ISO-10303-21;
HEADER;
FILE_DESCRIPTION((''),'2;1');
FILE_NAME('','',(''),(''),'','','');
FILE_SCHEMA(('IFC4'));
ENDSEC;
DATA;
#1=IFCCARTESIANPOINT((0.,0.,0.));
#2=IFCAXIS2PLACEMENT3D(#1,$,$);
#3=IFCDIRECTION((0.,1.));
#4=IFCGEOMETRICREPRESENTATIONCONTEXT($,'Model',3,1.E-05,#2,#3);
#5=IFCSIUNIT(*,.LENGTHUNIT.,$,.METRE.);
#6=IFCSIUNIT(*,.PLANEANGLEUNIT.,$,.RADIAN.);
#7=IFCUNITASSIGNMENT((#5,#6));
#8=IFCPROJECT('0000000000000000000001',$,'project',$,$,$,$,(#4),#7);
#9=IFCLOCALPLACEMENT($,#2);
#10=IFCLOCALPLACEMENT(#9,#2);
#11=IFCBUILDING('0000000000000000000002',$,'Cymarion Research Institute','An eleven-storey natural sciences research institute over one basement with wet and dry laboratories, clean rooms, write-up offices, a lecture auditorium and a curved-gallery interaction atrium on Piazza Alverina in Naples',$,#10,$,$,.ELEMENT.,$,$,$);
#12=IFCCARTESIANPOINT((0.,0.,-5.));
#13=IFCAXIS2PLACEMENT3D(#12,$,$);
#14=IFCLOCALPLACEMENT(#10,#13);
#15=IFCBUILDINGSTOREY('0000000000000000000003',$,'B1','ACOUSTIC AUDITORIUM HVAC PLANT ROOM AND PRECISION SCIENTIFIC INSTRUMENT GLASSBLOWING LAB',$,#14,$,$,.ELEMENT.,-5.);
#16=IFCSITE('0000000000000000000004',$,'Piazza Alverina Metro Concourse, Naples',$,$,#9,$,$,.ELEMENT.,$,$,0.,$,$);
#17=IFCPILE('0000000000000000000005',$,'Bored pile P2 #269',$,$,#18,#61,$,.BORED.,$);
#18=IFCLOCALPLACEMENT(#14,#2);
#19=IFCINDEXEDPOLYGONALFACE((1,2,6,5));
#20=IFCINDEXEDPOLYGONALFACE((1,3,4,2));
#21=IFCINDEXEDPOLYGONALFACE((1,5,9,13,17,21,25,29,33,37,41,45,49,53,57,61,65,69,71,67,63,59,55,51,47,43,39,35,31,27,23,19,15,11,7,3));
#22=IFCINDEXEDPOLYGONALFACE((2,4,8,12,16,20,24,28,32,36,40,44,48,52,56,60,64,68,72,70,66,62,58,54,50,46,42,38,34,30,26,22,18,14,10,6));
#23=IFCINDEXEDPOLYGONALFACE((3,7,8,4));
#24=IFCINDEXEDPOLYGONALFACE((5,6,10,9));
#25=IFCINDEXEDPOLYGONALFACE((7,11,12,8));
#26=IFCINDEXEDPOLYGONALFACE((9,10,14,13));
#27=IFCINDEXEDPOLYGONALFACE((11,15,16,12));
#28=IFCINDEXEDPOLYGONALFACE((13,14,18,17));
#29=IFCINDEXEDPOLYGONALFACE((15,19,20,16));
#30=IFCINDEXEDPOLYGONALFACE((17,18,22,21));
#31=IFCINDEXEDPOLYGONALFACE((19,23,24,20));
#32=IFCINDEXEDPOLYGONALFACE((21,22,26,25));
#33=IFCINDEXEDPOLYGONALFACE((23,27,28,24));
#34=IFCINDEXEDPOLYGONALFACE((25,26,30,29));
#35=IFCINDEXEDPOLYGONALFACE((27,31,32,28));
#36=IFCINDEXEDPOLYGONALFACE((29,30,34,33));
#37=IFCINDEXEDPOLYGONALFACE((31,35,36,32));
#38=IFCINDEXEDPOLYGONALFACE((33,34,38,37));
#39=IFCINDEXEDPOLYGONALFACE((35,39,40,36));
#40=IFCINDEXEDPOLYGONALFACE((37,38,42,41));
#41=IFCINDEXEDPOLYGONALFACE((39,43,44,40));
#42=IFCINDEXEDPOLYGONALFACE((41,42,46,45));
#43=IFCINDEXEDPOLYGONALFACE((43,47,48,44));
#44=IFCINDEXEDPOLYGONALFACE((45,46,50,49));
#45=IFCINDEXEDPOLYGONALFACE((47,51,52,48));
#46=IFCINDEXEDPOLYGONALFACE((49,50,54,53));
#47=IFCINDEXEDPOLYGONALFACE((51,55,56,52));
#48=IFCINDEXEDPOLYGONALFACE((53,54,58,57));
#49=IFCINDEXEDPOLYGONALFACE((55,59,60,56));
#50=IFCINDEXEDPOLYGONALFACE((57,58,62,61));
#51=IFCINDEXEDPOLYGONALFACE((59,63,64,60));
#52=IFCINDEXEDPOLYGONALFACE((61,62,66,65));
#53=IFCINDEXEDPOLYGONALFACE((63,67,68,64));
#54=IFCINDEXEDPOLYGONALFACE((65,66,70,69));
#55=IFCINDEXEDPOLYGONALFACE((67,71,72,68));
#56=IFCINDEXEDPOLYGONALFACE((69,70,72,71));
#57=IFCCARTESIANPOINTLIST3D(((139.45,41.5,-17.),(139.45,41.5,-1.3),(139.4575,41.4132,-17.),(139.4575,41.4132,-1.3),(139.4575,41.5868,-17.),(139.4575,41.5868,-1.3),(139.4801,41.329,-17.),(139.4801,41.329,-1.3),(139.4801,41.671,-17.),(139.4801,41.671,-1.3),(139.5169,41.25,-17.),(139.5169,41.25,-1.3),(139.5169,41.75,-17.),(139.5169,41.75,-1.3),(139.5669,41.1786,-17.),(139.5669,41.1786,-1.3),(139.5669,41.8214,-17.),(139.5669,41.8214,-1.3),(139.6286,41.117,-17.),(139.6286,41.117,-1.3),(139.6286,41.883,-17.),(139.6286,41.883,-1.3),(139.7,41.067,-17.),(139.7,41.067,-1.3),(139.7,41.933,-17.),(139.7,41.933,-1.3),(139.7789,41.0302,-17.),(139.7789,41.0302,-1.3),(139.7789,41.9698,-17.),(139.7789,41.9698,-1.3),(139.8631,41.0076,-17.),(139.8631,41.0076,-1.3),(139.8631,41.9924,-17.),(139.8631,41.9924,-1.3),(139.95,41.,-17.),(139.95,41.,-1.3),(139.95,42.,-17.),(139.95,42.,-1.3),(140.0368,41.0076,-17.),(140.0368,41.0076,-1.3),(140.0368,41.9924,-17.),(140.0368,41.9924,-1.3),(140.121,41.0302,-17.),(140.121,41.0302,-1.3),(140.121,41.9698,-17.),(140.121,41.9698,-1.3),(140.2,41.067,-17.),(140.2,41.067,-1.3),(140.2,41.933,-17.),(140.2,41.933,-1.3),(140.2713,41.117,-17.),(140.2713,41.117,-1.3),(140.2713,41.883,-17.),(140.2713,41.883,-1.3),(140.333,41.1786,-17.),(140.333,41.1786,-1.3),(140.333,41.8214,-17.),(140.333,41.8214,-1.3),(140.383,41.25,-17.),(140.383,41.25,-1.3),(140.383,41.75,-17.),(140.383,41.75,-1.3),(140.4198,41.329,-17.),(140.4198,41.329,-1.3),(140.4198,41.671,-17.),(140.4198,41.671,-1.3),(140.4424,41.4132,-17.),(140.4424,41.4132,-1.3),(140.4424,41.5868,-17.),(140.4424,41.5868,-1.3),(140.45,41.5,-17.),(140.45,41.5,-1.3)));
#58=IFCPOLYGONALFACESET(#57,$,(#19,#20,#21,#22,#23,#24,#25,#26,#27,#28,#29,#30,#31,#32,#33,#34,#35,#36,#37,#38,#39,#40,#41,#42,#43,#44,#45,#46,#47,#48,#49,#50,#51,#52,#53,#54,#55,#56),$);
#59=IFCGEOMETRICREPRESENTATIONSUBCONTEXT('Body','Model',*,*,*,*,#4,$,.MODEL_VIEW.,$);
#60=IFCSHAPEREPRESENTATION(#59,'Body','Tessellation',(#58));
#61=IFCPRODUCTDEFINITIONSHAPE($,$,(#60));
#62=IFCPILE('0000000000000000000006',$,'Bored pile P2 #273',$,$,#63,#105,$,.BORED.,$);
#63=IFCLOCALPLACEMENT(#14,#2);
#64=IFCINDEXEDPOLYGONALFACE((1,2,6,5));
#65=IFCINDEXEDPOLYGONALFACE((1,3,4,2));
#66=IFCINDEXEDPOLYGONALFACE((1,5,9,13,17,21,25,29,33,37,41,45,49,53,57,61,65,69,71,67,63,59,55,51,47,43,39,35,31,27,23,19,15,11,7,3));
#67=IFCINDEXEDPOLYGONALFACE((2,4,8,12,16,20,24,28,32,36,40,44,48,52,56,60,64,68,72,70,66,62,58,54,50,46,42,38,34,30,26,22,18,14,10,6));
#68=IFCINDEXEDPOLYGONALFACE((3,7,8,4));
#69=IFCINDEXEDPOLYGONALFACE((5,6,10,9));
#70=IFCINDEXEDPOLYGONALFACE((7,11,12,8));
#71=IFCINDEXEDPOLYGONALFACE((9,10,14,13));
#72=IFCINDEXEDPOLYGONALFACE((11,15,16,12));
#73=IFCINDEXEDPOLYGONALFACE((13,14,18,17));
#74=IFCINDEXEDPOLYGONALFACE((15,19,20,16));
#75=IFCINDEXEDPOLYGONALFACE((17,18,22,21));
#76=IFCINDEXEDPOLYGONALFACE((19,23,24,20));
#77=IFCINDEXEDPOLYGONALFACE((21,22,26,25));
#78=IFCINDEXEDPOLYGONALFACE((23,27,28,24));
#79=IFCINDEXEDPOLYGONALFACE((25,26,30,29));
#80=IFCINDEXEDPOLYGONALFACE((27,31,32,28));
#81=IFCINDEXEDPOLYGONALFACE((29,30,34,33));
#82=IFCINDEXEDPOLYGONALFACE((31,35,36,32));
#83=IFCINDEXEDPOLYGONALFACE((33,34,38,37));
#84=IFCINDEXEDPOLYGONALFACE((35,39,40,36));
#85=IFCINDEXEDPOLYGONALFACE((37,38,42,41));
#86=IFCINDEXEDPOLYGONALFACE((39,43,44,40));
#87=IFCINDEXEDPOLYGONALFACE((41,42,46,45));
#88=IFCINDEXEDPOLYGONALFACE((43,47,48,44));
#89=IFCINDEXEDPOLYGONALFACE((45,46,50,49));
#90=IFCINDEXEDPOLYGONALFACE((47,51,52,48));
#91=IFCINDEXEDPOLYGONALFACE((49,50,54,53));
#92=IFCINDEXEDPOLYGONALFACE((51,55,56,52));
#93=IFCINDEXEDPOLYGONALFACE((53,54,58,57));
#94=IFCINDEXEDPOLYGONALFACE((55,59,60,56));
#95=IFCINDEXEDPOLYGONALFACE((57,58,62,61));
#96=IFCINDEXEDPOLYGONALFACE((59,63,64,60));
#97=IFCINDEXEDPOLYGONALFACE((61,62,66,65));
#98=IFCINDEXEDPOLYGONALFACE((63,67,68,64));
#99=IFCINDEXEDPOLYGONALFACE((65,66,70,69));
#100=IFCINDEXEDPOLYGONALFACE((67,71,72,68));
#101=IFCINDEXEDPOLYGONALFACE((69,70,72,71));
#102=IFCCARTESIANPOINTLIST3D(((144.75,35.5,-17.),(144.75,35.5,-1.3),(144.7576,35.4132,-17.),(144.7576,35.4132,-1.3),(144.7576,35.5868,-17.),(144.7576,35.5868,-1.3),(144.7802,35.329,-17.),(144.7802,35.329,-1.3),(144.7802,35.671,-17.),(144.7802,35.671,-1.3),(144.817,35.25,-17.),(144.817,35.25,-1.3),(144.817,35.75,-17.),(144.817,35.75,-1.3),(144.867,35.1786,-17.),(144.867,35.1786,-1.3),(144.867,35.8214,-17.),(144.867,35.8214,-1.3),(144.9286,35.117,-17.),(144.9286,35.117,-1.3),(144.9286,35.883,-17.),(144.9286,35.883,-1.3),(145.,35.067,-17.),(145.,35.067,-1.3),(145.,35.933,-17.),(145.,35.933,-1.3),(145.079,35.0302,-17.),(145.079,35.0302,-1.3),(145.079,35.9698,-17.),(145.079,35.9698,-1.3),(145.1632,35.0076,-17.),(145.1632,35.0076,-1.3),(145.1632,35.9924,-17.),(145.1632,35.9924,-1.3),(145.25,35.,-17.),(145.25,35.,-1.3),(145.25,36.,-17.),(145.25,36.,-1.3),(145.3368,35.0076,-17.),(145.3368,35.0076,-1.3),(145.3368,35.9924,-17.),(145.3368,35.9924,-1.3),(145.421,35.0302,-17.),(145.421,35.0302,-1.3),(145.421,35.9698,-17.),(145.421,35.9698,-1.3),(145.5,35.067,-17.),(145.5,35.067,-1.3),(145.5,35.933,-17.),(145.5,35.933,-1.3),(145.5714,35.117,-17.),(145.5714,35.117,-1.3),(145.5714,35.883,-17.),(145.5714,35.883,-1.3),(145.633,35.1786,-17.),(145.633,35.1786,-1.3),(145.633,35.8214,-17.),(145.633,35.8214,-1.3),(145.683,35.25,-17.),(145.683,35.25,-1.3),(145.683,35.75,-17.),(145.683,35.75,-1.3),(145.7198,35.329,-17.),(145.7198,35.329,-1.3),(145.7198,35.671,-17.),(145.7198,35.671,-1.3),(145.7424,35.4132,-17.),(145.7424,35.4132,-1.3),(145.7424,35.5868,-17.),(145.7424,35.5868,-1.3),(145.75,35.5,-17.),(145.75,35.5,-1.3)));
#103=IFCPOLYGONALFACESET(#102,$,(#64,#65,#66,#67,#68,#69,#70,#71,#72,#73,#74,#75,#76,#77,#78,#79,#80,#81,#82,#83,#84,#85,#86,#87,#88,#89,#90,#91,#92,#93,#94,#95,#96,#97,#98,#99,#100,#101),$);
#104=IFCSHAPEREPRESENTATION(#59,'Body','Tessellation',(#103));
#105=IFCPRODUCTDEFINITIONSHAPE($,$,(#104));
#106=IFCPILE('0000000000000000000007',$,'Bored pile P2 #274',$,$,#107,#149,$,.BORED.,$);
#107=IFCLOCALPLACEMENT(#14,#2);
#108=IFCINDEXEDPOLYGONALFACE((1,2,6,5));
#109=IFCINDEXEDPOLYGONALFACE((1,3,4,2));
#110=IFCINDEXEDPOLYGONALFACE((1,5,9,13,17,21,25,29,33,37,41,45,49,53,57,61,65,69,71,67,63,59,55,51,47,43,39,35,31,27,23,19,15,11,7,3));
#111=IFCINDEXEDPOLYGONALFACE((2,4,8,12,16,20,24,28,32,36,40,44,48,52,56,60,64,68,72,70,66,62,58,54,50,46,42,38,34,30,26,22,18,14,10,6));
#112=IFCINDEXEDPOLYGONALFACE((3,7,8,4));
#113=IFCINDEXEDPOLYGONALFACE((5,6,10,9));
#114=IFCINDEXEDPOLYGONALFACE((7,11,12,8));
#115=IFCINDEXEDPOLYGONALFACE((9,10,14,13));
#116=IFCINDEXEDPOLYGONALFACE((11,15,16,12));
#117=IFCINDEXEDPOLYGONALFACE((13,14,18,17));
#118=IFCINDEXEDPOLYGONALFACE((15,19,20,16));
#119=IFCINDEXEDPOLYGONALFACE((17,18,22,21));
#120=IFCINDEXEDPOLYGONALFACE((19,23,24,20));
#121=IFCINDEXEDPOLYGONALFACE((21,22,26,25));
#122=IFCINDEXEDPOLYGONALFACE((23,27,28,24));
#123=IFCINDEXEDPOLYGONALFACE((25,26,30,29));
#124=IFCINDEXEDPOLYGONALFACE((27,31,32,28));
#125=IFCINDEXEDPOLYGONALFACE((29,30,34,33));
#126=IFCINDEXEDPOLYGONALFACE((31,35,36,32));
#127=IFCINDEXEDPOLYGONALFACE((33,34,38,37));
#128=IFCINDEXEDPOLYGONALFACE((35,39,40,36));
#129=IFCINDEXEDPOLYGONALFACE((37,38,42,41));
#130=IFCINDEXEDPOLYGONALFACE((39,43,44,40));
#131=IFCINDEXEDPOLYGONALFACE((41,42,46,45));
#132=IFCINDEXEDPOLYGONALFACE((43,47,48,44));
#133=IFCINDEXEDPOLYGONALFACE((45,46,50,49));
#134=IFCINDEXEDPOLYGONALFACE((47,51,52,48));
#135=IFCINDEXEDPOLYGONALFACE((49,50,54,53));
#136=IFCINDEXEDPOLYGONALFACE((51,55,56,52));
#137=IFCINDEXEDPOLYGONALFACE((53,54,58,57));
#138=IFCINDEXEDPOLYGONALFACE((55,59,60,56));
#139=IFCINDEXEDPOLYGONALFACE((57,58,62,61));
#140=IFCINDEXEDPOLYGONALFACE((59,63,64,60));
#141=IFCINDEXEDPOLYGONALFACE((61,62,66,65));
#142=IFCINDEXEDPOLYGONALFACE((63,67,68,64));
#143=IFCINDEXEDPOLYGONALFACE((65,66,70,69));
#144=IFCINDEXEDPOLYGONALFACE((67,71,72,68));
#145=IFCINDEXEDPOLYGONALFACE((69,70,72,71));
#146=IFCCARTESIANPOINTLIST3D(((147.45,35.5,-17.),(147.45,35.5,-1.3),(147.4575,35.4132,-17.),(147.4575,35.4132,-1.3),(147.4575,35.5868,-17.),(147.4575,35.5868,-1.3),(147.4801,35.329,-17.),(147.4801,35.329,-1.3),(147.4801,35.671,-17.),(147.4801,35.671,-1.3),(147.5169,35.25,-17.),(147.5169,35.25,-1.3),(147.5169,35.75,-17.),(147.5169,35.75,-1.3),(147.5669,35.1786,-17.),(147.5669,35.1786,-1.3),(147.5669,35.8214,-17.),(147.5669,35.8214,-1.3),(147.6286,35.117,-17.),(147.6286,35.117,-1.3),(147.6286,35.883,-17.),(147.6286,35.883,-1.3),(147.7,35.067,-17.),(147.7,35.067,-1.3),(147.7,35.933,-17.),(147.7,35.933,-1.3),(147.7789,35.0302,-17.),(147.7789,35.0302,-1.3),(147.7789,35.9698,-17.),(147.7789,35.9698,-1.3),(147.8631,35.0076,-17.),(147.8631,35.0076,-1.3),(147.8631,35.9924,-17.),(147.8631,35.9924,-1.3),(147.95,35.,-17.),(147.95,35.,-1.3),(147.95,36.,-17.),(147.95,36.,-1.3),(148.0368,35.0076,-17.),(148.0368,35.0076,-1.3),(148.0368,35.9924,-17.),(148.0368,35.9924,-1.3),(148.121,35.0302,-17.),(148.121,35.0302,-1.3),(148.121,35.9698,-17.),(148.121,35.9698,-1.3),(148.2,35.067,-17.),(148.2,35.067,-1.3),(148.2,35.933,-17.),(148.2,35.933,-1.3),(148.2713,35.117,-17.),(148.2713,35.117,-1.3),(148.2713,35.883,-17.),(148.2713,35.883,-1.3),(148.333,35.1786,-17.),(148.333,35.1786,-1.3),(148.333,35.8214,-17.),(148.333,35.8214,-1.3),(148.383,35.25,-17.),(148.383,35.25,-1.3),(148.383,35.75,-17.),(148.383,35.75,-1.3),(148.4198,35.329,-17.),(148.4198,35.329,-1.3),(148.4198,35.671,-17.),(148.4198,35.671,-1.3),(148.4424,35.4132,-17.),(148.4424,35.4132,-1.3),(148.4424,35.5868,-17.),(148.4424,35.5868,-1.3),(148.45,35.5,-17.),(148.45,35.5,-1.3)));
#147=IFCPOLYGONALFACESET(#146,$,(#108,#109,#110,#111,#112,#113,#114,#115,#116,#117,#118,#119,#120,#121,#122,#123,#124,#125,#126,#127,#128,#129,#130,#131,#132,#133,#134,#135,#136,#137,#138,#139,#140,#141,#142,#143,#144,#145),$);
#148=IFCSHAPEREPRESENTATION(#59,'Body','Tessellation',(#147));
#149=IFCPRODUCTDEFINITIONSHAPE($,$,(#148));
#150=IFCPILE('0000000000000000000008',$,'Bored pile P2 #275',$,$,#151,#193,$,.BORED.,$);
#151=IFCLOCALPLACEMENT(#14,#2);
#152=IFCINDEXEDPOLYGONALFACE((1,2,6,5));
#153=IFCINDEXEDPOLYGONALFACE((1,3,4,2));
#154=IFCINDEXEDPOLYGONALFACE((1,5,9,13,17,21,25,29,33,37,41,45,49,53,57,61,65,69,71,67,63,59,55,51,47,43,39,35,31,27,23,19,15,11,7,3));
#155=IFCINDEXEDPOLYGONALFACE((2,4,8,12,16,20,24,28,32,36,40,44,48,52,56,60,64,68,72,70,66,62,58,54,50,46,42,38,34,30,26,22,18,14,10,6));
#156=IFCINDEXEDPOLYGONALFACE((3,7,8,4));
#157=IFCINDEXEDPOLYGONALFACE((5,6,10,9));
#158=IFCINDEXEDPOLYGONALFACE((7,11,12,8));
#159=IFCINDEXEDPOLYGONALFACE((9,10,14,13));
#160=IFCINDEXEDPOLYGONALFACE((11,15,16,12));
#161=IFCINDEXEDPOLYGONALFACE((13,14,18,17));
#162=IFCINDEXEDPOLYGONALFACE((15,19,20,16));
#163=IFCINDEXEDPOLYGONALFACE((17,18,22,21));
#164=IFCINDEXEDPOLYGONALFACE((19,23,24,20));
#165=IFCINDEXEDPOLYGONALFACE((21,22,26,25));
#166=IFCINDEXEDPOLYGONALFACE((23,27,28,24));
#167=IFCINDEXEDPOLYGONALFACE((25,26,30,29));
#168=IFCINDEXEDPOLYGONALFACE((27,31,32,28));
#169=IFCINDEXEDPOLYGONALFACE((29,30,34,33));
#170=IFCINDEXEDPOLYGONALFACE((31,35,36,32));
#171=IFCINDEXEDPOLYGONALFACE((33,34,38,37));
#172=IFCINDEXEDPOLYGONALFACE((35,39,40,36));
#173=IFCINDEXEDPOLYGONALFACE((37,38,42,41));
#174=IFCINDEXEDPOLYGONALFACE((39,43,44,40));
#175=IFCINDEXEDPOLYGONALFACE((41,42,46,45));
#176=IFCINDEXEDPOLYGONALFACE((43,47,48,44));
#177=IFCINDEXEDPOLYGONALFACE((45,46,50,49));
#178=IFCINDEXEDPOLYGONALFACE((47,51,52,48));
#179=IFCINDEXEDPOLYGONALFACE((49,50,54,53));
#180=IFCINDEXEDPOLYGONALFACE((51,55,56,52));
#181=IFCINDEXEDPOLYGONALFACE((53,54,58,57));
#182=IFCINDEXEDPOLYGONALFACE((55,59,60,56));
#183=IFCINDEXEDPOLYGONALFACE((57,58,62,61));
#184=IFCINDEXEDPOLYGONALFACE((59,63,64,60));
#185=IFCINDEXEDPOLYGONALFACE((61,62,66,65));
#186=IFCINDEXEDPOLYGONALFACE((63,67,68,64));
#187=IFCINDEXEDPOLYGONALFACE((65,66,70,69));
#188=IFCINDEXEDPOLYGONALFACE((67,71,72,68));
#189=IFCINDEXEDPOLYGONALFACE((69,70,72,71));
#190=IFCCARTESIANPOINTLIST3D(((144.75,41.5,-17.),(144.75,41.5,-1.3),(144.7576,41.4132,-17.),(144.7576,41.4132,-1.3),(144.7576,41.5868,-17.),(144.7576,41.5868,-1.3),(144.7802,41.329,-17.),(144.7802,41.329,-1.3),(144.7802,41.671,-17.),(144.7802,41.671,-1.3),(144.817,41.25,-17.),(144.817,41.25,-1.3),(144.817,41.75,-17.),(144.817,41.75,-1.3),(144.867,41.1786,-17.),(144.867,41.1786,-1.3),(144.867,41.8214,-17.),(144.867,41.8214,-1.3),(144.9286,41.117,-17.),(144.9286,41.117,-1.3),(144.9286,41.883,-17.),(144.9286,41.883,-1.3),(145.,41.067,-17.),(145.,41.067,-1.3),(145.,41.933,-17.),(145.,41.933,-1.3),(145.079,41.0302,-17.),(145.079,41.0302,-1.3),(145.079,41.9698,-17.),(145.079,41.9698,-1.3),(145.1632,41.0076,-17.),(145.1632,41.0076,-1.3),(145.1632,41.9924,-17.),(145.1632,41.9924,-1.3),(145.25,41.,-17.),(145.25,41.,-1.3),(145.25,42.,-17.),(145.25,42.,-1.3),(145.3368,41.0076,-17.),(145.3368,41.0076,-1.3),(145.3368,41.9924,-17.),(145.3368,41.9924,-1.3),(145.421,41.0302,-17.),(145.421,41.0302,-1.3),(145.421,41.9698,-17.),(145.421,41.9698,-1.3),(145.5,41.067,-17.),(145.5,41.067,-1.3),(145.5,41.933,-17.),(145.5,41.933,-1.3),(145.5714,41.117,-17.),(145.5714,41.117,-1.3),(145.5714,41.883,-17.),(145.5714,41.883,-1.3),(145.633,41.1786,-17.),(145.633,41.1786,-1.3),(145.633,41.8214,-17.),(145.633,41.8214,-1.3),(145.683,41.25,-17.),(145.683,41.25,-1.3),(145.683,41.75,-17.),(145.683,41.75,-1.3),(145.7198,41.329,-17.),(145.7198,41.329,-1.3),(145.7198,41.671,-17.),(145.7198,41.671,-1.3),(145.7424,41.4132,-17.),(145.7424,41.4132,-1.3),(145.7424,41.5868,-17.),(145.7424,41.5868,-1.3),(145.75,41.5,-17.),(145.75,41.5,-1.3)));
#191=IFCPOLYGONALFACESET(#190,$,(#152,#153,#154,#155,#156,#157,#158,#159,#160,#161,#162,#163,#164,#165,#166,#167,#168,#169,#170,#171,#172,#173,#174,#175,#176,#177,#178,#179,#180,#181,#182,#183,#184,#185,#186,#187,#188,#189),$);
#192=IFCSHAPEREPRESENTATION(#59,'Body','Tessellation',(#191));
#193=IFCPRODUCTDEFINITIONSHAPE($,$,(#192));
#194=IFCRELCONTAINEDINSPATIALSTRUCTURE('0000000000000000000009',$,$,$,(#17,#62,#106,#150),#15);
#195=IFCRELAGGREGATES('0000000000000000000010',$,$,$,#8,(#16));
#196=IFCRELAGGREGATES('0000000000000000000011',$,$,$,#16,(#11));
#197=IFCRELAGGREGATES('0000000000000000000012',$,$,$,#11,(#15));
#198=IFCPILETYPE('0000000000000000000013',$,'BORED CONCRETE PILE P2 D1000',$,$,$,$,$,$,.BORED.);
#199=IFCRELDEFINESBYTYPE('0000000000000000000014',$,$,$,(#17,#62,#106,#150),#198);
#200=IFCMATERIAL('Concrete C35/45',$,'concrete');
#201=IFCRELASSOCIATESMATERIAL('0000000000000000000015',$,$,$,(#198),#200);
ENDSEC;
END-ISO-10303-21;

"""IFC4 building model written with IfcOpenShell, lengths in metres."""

from ifc_helpers import new_model, si_unit, direction, frame, origin, origin_2d, place, context, subcontext, project, spatial, circle, extrude, material, material_profile, profile_set, type_object, element, save


model = new_model("IFC4")

# Units and contexts
model_context = context("Model", 3, precision=1e-05, world=origin(), true_north=direction((0.0, 1.0)))
body_context = subcontext(model_context, "Body", "Model", "MODEL_VIEW")
ifc_project = project(units=[si_unit("LENGTHUNIT", "METRE"), si_unit("PLANEANGLEUNIT", "RADIAN")], contexts=[model_context])

# Site, building, storey
site_placement = place(None, origin())
site = spatial("IfcSite", under=ifc_project, at=site_placement, Name="Piazza Alverina Metro Concourse, Naples", CompositionType="ELEMENT", RefElevation=0.0)
building_placement = place(site_placement, origin())
building = spatial("IfcBuilding", under=site, at=building_placement, Name="Cymarion Research Institute", Description="An eleven-storey natural sciences research institute over one basement with wet and dry laboratories, clean rooms, write-up offices, a lecture auditorium and a curved-gallery interaction atrium on Piazza Alverina in Naples", CompositionType="ELEMENT")
storey_placement = place(building_placement, frame((0.0, 0.0, -5.0)))
storey = spatial("IfcBuildingStorey", under=building, at=storey_placement, Name="B1", Description="ACOUSTIC AUDITORIUM HVAC PLANT ROOM AND PRECISION SCIENTIFIC INSTRUMENT GLASSBLOWING LAB", CompositionType="ELEMENT", Elevation=-5.0)

# Piles
ifc_material_1 = material(Name="Concrete C35/45", Category="concrete")
ifc_material_profile_1 = material_profile(ifc_material_1, circle(Radius=0.5, at=origin_2d()), Name="BORED PILE D1000")
ifc_profile_set_1 = profile_set([ifc_material_profile_1], Name="Concrete C35/45")
pile_type_1 = type_object("IfcPileType", Name="BORED CONCRETE PILE P2 D1000", PredefinedType="BORED", material=ifc_profile_set_1)
for number, where, z_axis, x_axis, name in (
    (1, (139.95, 41.5, -1.3), (0.0, 0.0, -1.0), (1.0, 0.0, 0.0), "Bored pile P2 #269"),
    (2, (145.25, 35.5, -1.3), (0.0, 0.0, -1.0), (1.0, 0.0, 0.0), "Bored pile P2 #273"),
    (3, (147.95, 35.5, -1.3), (0.0, 0.0, -1.0), (1.0, 0.0, 0.0), "Bored pile P2 #274"),
    (4, (145.25, 41.5, -1.3), (0.0, 0.0, -1.0), (1.0, 0.0, 0.0), "Bored pile P2 #275"),
):
    element("IfcPile", number, at=place(storey_placement, frame(where, z_axis=z_axis, x_axis=x_axis)), inside=storey, type_object=pile_type_1, Name=name, PredefinedType="BORED", context=body_context, shape_type="SweptSolid", body=[
        extrude(circle(Radius=0.5, at=origin_2d()), origin(), (0.0, 0.0, 1.0), 15.7),
    ])

save(model, "model.ifc")
